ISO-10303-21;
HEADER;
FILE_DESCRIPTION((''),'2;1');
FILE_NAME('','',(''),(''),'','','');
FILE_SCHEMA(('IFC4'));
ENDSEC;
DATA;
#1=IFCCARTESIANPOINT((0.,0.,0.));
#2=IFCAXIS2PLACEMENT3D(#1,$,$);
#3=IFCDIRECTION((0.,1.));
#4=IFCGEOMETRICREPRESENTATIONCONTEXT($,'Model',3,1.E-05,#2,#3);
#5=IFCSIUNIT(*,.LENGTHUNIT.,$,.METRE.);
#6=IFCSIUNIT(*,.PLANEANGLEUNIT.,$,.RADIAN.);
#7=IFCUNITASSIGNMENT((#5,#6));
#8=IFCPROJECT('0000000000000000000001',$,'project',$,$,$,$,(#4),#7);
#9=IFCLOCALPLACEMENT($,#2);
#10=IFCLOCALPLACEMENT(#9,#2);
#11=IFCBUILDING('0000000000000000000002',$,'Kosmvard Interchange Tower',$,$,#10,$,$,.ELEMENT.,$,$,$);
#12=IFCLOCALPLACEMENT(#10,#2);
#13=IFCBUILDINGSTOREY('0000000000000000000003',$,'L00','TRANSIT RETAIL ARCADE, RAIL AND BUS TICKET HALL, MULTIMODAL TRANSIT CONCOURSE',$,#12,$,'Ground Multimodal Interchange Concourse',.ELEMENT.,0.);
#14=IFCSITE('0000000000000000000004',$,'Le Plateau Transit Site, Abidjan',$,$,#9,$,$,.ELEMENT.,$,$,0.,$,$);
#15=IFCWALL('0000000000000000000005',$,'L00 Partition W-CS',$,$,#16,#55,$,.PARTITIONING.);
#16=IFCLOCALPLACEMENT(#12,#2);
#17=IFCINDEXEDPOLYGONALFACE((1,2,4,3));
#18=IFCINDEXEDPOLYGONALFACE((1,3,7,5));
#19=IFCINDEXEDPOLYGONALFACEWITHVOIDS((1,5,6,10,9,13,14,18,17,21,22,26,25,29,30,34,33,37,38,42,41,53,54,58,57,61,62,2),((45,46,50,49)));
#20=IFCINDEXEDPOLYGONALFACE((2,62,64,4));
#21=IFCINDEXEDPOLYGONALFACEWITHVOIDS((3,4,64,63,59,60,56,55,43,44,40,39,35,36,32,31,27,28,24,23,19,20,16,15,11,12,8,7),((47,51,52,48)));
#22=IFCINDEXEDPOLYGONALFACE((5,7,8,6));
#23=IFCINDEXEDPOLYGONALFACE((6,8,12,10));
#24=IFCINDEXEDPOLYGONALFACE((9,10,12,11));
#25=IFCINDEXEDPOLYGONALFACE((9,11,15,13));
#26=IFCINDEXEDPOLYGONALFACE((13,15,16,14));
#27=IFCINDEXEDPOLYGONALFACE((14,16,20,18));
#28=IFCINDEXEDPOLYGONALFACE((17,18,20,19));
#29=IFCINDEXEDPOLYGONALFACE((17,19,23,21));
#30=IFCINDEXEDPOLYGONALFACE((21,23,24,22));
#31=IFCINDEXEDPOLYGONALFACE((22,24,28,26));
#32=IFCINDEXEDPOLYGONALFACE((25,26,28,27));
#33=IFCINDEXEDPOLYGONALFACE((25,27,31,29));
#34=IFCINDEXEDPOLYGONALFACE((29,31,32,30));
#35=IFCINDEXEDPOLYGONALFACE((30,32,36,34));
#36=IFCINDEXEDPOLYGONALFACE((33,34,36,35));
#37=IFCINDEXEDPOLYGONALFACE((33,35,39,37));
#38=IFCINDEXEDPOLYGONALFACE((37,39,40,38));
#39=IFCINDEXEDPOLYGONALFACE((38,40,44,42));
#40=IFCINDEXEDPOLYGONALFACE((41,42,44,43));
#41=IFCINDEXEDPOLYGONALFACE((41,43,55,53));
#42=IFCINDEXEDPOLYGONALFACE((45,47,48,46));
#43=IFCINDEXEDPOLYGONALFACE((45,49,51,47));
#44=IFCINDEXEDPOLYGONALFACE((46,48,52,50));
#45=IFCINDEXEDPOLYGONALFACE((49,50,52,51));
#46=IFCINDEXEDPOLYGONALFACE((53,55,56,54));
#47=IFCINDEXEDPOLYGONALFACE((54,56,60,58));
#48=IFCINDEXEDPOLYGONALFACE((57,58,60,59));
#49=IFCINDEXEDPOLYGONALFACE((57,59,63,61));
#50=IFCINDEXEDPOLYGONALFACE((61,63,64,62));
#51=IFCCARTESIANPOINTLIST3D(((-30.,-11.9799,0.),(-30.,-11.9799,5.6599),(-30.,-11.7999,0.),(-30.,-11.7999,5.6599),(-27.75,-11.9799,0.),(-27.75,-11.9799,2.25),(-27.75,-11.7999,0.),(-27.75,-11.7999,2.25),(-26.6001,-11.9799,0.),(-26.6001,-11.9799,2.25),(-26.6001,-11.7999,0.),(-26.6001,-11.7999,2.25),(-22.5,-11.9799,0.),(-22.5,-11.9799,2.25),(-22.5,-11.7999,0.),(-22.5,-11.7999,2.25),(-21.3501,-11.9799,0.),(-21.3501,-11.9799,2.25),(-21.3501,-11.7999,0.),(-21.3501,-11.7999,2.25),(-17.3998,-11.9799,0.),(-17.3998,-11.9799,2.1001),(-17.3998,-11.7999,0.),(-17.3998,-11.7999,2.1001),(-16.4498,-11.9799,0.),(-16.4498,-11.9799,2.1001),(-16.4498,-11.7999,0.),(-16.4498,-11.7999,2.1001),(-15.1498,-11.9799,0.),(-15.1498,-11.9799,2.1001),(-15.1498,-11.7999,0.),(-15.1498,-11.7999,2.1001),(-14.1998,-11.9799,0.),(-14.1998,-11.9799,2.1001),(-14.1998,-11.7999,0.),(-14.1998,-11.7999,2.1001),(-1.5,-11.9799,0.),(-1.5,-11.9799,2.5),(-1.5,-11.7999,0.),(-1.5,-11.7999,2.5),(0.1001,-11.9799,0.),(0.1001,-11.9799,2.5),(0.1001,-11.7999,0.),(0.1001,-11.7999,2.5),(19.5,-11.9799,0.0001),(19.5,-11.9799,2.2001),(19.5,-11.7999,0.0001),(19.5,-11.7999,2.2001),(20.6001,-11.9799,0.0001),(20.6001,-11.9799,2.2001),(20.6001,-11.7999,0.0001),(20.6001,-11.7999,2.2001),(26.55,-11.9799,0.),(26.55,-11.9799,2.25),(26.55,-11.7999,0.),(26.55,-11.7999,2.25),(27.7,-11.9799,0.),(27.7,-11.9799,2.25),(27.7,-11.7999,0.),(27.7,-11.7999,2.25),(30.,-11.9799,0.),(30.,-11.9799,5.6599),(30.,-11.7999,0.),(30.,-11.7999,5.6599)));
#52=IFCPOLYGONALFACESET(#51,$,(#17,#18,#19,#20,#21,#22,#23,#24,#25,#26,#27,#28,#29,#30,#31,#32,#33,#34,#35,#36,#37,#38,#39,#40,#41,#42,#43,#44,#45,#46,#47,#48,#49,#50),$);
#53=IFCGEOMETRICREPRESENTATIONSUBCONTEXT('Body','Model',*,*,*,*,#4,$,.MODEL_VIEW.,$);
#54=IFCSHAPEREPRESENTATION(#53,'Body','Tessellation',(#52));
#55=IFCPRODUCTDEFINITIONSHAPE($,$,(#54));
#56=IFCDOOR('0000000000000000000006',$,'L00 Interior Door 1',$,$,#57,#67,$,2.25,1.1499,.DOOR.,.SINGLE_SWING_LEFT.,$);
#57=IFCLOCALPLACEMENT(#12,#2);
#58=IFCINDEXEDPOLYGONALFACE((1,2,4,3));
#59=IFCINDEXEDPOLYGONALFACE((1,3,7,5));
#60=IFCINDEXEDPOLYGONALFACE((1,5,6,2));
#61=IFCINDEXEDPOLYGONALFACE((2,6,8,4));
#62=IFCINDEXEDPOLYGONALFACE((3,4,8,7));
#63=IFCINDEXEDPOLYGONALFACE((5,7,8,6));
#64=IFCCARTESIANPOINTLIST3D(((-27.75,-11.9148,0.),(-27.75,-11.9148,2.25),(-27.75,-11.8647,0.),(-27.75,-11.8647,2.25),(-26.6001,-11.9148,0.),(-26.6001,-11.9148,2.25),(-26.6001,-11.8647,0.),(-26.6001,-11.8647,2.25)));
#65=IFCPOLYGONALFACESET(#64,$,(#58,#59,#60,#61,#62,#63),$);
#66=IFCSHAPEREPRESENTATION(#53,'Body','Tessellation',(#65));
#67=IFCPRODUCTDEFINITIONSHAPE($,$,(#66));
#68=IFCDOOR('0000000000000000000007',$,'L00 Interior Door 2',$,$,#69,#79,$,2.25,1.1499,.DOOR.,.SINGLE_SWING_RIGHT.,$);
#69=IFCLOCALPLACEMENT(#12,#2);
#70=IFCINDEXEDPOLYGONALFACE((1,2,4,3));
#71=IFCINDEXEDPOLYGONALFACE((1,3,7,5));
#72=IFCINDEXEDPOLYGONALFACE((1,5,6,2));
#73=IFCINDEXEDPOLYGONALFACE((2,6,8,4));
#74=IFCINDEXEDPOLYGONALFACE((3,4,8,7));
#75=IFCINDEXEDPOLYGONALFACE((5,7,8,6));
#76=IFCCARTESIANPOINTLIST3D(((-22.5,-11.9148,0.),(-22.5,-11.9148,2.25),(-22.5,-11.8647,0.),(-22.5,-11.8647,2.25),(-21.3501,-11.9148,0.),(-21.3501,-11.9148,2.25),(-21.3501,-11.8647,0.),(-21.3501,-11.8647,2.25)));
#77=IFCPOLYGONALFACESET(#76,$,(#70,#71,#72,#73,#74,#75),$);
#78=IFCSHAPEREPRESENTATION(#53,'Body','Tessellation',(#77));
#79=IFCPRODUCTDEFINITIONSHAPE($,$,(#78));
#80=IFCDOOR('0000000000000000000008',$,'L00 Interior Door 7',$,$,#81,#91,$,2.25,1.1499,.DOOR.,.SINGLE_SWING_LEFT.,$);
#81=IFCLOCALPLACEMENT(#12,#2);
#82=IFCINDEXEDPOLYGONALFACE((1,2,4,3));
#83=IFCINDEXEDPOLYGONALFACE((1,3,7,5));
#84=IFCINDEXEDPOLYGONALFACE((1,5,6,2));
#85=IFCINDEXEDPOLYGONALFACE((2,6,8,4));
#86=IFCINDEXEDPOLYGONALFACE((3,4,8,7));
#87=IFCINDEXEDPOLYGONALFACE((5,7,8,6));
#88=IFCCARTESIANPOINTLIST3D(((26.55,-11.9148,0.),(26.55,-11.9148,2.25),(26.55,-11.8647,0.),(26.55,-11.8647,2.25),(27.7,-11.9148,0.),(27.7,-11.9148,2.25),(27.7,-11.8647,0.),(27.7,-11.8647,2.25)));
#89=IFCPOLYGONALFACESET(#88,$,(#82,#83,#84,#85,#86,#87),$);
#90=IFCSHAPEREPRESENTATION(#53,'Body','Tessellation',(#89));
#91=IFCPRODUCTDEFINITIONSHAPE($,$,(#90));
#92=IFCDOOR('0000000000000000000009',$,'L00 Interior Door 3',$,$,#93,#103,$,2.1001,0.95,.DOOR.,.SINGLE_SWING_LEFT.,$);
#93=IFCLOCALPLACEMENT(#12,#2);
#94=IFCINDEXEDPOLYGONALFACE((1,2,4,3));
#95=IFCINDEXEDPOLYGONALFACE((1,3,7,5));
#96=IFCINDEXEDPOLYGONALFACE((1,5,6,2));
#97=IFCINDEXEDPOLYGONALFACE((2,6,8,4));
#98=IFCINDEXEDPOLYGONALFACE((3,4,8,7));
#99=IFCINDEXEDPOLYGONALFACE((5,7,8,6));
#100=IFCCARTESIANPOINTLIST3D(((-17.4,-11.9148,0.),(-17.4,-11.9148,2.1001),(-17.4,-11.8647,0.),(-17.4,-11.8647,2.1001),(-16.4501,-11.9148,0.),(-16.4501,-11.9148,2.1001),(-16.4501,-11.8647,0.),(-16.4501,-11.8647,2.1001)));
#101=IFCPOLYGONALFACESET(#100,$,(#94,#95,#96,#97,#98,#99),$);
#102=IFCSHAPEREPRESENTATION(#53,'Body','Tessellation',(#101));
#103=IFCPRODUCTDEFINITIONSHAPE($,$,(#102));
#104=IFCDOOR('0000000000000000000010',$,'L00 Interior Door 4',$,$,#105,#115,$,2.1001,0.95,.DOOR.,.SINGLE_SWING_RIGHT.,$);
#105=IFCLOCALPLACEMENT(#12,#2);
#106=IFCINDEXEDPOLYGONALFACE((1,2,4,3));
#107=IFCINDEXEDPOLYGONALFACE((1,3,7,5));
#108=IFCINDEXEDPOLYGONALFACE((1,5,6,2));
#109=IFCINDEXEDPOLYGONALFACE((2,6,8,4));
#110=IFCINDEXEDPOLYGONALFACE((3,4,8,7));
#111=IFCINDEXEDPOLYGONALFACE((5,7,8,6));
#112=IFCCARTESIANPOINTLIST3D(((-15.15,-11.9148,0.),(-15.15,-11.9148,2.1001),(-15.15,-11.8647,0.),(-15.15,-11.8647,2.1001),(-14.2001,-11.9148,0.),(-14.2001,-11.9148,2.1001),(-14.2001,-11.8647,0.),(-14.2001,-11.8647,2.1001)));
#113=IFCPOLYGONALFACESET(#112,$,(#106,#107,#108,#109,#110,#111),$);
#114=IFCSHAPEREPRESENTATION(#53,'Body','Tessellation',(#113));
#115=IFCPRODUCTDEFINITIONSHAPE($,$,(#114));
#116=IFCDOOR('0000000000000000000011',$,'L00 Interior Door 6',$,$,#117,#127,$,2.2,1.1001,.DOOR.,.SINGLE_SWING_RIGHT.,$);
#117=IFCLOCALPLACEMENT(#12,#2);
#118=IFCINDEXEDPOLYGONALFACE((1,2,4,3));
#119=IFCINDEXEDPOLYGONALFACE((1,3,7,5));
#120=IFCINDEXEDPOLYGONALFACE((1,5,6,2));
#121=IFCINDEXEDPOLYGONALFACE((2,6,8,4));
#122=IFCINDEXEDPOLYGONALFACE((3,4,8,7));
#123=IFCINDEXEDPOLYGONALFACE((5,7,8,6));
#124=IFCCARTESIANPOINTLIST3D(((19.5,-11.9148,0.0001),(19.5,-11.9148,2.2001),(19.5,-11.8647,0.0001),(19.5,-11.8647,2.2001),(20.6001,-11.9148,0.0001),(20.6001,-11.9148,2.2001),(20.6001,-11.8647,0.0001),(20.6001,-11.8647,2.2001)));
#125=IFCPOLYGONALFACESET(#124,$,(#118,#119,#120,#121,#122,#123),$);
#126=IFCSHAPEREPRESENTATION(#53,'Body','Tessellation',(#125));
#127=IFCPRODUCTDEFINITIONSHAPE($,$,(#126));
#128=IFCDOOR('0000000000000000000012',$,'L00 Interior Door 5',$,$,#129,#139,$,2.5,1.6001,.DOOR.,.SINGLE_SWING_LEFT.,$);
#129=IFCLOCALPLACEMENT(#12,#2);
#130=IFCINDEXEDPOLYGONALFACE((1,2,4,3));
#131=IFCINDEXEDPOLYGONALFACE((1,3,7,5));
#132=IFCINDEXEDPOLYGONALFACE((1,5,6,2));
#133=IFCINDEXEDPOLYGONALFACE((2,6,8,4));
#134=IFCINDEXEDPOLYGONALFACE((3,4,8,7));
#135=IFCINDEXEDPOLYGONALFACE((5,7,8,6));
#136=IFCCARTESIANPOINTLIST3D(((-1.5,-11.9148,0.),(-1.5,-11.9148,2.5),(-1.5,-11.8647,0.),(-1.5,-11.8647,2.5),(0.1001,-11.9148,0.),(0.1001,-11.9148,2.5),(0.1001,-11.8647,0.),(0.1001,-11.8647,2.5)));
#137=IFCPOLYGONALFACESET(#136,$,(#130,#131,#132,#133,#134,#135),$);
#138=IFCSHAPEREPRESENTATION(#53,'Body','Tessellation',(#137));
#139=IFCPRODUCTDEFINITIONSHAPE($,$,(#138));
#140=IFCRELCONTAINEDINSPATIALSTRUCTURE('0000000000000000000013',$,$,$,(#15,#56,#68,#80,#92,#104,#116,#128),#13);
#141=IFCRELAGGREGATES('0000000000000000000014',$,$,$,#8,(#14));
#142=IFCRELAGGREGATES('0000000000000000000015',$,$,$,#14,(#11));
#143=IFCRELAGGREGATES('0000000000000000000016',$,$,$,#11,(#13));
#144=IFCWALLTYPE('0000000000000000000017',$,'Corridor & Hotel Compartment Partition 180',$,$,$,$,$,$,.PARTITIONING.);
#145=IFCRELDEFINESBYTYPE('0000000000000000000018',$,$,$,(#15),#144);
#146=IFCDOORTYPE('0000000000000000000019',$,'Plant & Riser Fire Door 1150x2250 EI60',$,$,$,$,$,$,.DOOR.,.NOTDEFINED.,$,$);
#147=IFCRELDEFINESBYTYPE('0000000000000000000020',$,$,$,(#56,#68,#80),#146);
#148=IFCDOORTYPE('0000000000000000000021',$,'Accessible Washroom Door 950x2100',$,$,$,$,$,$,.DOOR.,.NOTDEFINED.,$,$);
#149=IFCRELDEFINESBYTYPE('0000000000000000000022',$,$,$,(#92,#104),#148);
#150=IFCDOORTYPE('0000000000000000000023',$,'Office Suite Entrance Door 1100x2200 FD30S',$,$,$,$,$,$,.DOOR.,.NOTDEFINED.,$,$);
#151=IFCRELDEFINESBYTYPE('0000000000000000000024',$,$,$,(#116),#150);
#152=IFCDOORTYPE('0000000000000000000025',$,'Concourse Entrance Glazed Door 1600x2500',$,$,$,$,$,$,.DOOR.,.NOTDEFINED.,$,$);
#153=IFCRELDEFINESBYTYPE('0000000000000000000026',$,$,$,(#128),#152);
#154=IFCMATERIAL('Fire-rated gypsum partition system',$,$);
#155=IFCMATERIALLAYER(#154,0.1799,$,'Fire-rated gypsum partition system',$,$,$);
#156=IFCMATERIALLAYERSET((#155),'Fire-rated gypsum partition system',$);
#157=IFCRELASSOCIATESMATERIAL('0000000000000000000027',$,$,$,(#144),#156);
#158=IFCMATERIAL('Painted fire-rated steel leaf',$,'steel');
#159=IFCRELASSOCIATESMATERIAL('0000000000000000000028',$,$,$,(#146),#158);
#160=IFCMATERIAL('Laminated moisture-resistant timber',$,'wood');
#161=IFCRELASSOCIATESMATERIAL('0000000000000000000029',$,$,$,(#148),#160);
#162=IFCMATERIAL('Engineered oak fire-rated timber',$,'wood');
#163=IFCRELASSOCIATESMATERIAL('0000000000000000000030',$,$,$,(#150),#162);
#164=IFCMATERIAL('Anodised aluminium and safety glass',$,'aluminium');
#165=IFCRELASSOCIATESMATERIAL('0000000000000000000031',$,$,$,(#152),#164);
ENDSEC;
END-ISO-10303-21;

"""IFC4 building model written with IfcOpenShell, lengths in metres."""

from ifc_helpers import new_model, si_unit, direction, frame, frame_2d, origin, place, context, subcontext, project, spatial, rectangle, extrude, source, transform, mapped, material, layer, layer_set, type_object, element, fill, save


model = new_model("IFC4")

# Units and contexts
model_context = context("Model", 3, precision=1e-05, world=origin(), true_north=direction((0.0, 1.0)))
body_context = subcontext(model_context, "Body", "Model", "MODEL_VIEW")
ifc_project = project(units=[si_unit("LENGTHUNIT", "METRE"), si_unit("PLANEANGLEUNIT", "RADIAN")], contexts=[model_context])

# Site, building, storey
site_placement = place(None, origin())
site = spatial("IfcSite", under=ifc_project, at=site_placement, Name="Le Plateau Transit Site, Abidjan", CompositionType="ELEMENT", RefElevation=0.0)
building_placement = place(site_placement, origin())
building = spatial("IfcBuilding", under=site, at=building_placement, Name="Kosmvard Interchange Tower", CompositionType="ELEMENT")
storey_placement = place(building_placement, origin())
storey = spatial("IfcBuildingStorey", under=building, at=storey_placement, Name="L00", Description="TRANSIT RETAIL ARCADE, RAIL AND BUS TICKET HALL, MULTIMODAL TRANSIT CONCOURSE", LongName="Ground Multimodal Interchange Concourse", CompositionType="ELEMENT", Elevation=0.0)

# Wall, openings, doors
ifc_material_1 = material(Name="Fire-rated gypsum partition system")
ifc_layer_1 = layer(ifc_material_1, 0.1799, Name="Fire-rated gypsum partition system")
ifc_layer_set_1 = layer_set([ifc_layer_1], Name="Fire-rated gypsum partition system")
wall_type_1 = type_object("IfcWallType", Name="Corridor & Hotel Compartment Partition 180", PredefinedType="PARTITIONING", material=ifc_layer_set_1)
wall_1_placement = place(storey_placement, frame((-30.0, -11.8899, 0.0), z_axis=(0.0, 0.0, 1.0), x_axis=(1.0, 0.0, 0.0)))
wall_1 = element("IfcWall", 1, at=wall_1_placement, inside=storey, type_object=wall_type_1, Name="L00 Partition W-CS", PredefinedType="PARTITIONING", context=body_context, shape_type="SweptSolid", body=[
    extrude(rectangle(XDim=60.0, YDim=0.1799, at=frame_2d((30.0, 0.0))), origin(), (0.0, 0.0, 1.0), 5.6599),
])
opening_1_placement = place(wall_1_placement, frame((2.25, 0.0, 0.0)))
opening_1 = element("IfcOpeningElement", 2, at=opening_1_placement, cuts=wall_1, PredefinedType="OPENING", context=body_context, shape_type="SweptSolid", body=[
    extrude(rectangle(XDim=1.1499, YDim=2.25, at=frame_2d((0.575, 1.125))), frame((0.0, 0.1001, 0.0), z_axis=(0.0, -1.0, 0.0), x_axis=(1.0, 0.0, 0.0)), (0.0, 0.0, 1.0), 0.2),
])
opening_2_placement = place(wall_1_placement, frame((7.5, 0.0, 0.0)))
opening_2 = element("IfcOpeningElement", 3, at=opening_2_placement, cuts=wall_1, PredefinedType="OPENING", context=body_context, shape_type="SweptSolid", body=[
    extrude(rectangle(XDim=1.1499, YDim=2.25, at=frame_2d((0.575, 1.125))), frame((0.0, 0.1001, 0.0), z_axis=(0.0, -1.0, 0.0), x_axis=(1.0, 0.0, 0.0)), (0.0, 0.0, 1.0), 0.2),
])
opening_3_placement = place(wall_1_placement, frame((12.6001, 0.0, 0.0)))
opening_3 = element("IfcOpeningElement", 4, at=opening_3_placement, cuts=wall_1, PredefinedType="OPENING", context=body_context, shape_type="SweptSolid", body=[
    extrude(rectangle(XDim=0.95, YDim=2.1001, at=frame_2d((0.4751, 1.05))), frame((0.0, 0.1001, 0.0), z_axis=(0.0, -1.0, 0.0), x_axis=(1.0, 0.0, 0.0)), (0.0, 0.0, 1.0), 0.2),
])
opening_4_placement = place(wall_1_placement, frame((14.8501, 0.0, 0.0)))
opening_4 = element("IfcOpeningElement", 5, at=opening_4_placement, cuts=wall_1, PredefinedType="OPENING", context=body_context, shape_type="SweptSolid", body=[
    extrude(rectangle(XDim=0.95, YDim=2.1001, at=frame_2d((0.4751, 1.05))), frame((0.0, 0.1001, 0.0), z_axis=(0.0, -1.0, 0.0), x_axis=(1.0, 0.0, 0.0)), (0.0, 0.0, 1.0), 0.2),
])
opening_5_placement = place(wall_1_placement, frame((28.5, 0.0, 0.0)))
opening_5 = element("IfcOpeningElement", 6, at=opening_5_placement, cuts=wall_1, PredefinedType="OPENING", context=body_context, shape_type="SweptSolid", body=[
    extrude(rectangle(XDim=1.6001, YDim=2.5, at=frame_2d((0.8, 1.25))), frame((0.0, 0.1001, 0.0), z_axis=(0.0, -1.0, 0.0), x_axis=(1.0, 0.0, 0.0)), (0.0, 0.0, 1.0), 0.2),
])
opening_6_placement = place(wall_1_placement, frame((49.5, 0.0, 0.0)))
opening_6 = element("IfcOpeningElement", 7, at=opening_6_placement, cuts=wall_1, PredefinedType="OPENING", context=body_context, shape_type="SweptSolid", body=[
    extrude(rectangle(XDim=1.1001, YDim=2.2, at=frame_2d((0.55, 1.1001))), frame((0.0, 0.1001, 0.0), z_axis=(0.0, -1.0, 0.0), x_axis=(1.0, 0.0, 0.0)), (0.0, 0.0, 1.0), 0.2),
])
opening_7_placement = place(wall_1_placement, frame((56.55, 0.0, 0.0)))
opening_7 = element("IfcOpeningElement", 8, at=opening_7_placement, cuts=wall_1, PredefinedType="OPENING", context=body_context, shape_type="SweptSolid", body=[
    extrude(rectangle(XDim=1.1499, YDim=2.25, at=frame_2d((0.575, 1.125))), frame((0.0, 0.1001, 0.0), z_axis=(0.0, -1.0, 0.0), x_axis=(1.0, 0.0, 0.0)), (0.0, 0.0, 1.0), 0.2),
])
ifc_material_2 = material(Name="Painted fire-rated steel leaf", Category="steel")
door_type_1 = type_object("IfcDoorType", Name="Plant & Riser Fire Door 1150x2250 EI60", OperationType="NOTDEFINED", PredefinedType="DOOR", material=ifc_material_2)
shared_shape_1 = source(origin(), body_context, "Body", "SweptSolid", [
    extrude(rectangle(XDim=1.1499, YDim=2.25, at=frame_2d((0.575, 1.125))), frame((0.0, 0.0249, 0.0), z_axis=(0.0, -1.0, 0.0), x_axis=(1.0, 0.0, 0.0)), (0.0, 0.0, 1.0), 0.05),
])
door_1_placement = place(opening_1_placement, frame((1.1499, 0.0, 0.0), z_axis=(0.0, 0.0, 1.0), x_axis=(-1.0, 0.0, 0.0)))
door_1 = element("IfcDoor", 9, at=door_1_placement, inside=storey, type_object=door_type_1, Name="L00 Interior Door 1", OperationType="SINGLE_SWING_LEFT", OverallHeight=2.25, OverallWidth=1.1499, PredefinedType="DOOR", context=body_context, shape_type="MappedRepresentation", body=[
    mapped(shared_shape_1, transform((0.0, 0.0, 0.0), scale=1.0)),
])
fill(opening_1, door_1)
door_2_placement = place(opening_2_placement, frame((1.1499, 0.0, 0.0), z_axis=(0.0, 0.0, 1.0), x_axis=(-1.0, 0.0, 0.0)))
door_2 = element("IfcDoor", 10, at=door_2_placement, inside=storey, type_object=door_type_1, Name="L00 Interior Door 2", OperationType="SINGLE_SWING_RIGHT", OverallHeight=2.25, OverallWidth=1.1499, PredefinedType="DOOR", context=body_context, shape_type="MappedRepresentation", body=[
    mapped(shared_shape_1, transform((0.0, 0.0, 0.0), scale=1.0)),
])
fill(opening_2, door_2)
door_3_placement = place(opening_7_placement, frame((1.1499, 0.0, 0.0), z_axis=(0.0, 0.0, 1.0), x_axis=(-1.0, 0.0, 0.0)))
door_3 = element("IfcDoor", 11, at=door_3_placement, inside=storey, type_object=door_type_1, Name="L00 Interior Door 7", OperationType="SINGLE_SWING_LEFT", OverallHeight=2.25, OverallWidth=1.1499, PredefinedType="DOOR", context=body_context, shape_type="MappedRepresentation", body=[
    mapped(shared_shape_1, transform((0.0, 0.0, 0.0), scale=1.0)),
])
fill(opening_7, door_3)
ifc_material_3 = material(Name="Laminated moisture-resistant timber", Category="wood")
door_type_2 = type_object("IfcDoorType", Name="Accessible Washroom Door 950x2100", OperationType="NOTDEFINED", PredefinedType="DOOR", material=ifc_material_3)
shared_shape_2 = source(origin(), body_context, "Body", "SweptSolid", [
    extrude(rectangle(XDim=0.95, YDim=2.1001, at=frame_2d((0.4751, 1.05))), frame((0.0, 0.0249, 0.0), z_axis=(0.0, -1.0, 0.0), x_axis=(1.0, 0.0, 0.0)), (0.0, 0.0, 1.0), 0.05),
])
door_4_placement = place(opening_3_placement, frame((0.95, 0.0, 0.0), z_axis=(0.0, 0.0, 1.0), x_axis=(-1.0, 0.0, 0.0)))
door_4 = element("IfcDoor", 12, at=door_4_placement, inside=storey, type_object=door_type_2, Name="L00 Interior Door 3", OperationType="SINGLE_SWING_LEFT", OverallHeight=2.1001, OverallWidth=0.95, PredefinedType="DOOR", context=body_context, shape_type="MappedRepresentation", body=[
    mapped(shared_shape_2, transform((0.0, 0.0, 0.0), scale=1.0)),
])
fill(opening_3, door_4)
door_5_placement = place(opening_4_placement, frame((0.95, 0.0, 0.0), z_axis=(0.0, 0.0, 1.0), x_axis=(-1.0, 0.0, 0.0)))
door_5 = element("IfcDoor", 13, at=door_5_placement, inside=storey, type_object=door_type_2, Name="L00 Interior Door 4", OperationType="SINGLE_SWING_RIGHT", OverallHeight=2.1001, OverallWidth=0.95, PredefinedType="DOOR", context=body_context, shape_type="MappedRepresentation", body=[
    mapped(shared_shape_2, transform((0.0, 0.0, 0.0), scale=1.0)),
])
fill(opening_4, door_5)
ifc_material_4 = material(Name="Engineered oak fire-rated timber", Category="wood")
door_type_3 = type_object("IfcDoorType", Name="Office Suite Entrance Door 1100x2200 FD30S", OperationType="NOTDEFINED", PredefinedType="DOOR", material=ifc_material_4)
shared_shape_3 = source(origin(), body_context, "Body", "SweptSolid", [
    extrude(rectangle(XDim=1.1001, YDim=2.2, at=frame_2d((0.55, 1.1001))), frame((0.0, 0.0249, 0.0), z_axis=(0.0, -1.0, 0.0), x_axis=(1.0, 0.0, 0.0)), (0.0, 0.0, 1.0), 0.05),
])
door_6_placement = place(opening_6_placement, frame((1.1001, 0.0, 0.0), z_axis=(0.0, 0.0, 1.0), x_axis=(-1.0, 0.0, 0.0)))
door_6 = element("IfcDoor", 14, at=door_6_placement, inside=storey, type_object=door_type_3, Name="L00 Interior Door 6", OperationType="SINGLE_SWING_RIGHT", OverallHeight=2.2, OverallWidth=1.1001, PredefinedType="DOOR", context=body_context, shape_type="MappedRepresentation", body=[
    mapped(shared_shape_3, transform((0.0, 0.0, 0.0), scale=1.0)),
])
fill(opening_6, door_6)
ifc_material_5 = material(Name="Anodised aluminium and safety glass", Category="aluminium")
door_type_4 = type_object("IfcDoorType", Name="Concourse Entrance Glazed Door 1600x2500", OperationType="NOTDEFINED", PredefinedType="DOOR", material=ifc_material_5)
shared_shape_4 = source(origin(), body_context, "Body", "SweptSolid", [
    extrude(rectangle(XDim=1.6001, YDim=2.5, at=frame_2d((0.8, 1.25))), frame((0.0, 0.0249, 0.0), z_axis=(0.0, -1.0, 0.0), x_axis=(1.0, 0.0, 0.0)), (0.0, 0.0, 1.0), 0.05),
])
door_7_placement = place(opening_5_placement, frame((1.6001, 0.0, 0.0), z_axis=(0.0, 0.0, 1.0), x_axis=(-1.0, 0.0, 0.0)))
door_7 = element("IfcDoor", 15, at=door_7_placement, inside=storey, type_object=door_type_4, Name="L00 Interior Door 5", OperationType="SINGLE_SWING_LEFT", OverallHeight=2.5, OverallWidth=1.6001, PredefinedType="DOOR", context=body_context, shape_type="MappedRepresentation", body=[
    mapped(shared_shape_4, transform((0.0, 0.0, 0.0), scale=1.0)),
])
fill(opening_5, door_7)

save(model, "model.ifc")
